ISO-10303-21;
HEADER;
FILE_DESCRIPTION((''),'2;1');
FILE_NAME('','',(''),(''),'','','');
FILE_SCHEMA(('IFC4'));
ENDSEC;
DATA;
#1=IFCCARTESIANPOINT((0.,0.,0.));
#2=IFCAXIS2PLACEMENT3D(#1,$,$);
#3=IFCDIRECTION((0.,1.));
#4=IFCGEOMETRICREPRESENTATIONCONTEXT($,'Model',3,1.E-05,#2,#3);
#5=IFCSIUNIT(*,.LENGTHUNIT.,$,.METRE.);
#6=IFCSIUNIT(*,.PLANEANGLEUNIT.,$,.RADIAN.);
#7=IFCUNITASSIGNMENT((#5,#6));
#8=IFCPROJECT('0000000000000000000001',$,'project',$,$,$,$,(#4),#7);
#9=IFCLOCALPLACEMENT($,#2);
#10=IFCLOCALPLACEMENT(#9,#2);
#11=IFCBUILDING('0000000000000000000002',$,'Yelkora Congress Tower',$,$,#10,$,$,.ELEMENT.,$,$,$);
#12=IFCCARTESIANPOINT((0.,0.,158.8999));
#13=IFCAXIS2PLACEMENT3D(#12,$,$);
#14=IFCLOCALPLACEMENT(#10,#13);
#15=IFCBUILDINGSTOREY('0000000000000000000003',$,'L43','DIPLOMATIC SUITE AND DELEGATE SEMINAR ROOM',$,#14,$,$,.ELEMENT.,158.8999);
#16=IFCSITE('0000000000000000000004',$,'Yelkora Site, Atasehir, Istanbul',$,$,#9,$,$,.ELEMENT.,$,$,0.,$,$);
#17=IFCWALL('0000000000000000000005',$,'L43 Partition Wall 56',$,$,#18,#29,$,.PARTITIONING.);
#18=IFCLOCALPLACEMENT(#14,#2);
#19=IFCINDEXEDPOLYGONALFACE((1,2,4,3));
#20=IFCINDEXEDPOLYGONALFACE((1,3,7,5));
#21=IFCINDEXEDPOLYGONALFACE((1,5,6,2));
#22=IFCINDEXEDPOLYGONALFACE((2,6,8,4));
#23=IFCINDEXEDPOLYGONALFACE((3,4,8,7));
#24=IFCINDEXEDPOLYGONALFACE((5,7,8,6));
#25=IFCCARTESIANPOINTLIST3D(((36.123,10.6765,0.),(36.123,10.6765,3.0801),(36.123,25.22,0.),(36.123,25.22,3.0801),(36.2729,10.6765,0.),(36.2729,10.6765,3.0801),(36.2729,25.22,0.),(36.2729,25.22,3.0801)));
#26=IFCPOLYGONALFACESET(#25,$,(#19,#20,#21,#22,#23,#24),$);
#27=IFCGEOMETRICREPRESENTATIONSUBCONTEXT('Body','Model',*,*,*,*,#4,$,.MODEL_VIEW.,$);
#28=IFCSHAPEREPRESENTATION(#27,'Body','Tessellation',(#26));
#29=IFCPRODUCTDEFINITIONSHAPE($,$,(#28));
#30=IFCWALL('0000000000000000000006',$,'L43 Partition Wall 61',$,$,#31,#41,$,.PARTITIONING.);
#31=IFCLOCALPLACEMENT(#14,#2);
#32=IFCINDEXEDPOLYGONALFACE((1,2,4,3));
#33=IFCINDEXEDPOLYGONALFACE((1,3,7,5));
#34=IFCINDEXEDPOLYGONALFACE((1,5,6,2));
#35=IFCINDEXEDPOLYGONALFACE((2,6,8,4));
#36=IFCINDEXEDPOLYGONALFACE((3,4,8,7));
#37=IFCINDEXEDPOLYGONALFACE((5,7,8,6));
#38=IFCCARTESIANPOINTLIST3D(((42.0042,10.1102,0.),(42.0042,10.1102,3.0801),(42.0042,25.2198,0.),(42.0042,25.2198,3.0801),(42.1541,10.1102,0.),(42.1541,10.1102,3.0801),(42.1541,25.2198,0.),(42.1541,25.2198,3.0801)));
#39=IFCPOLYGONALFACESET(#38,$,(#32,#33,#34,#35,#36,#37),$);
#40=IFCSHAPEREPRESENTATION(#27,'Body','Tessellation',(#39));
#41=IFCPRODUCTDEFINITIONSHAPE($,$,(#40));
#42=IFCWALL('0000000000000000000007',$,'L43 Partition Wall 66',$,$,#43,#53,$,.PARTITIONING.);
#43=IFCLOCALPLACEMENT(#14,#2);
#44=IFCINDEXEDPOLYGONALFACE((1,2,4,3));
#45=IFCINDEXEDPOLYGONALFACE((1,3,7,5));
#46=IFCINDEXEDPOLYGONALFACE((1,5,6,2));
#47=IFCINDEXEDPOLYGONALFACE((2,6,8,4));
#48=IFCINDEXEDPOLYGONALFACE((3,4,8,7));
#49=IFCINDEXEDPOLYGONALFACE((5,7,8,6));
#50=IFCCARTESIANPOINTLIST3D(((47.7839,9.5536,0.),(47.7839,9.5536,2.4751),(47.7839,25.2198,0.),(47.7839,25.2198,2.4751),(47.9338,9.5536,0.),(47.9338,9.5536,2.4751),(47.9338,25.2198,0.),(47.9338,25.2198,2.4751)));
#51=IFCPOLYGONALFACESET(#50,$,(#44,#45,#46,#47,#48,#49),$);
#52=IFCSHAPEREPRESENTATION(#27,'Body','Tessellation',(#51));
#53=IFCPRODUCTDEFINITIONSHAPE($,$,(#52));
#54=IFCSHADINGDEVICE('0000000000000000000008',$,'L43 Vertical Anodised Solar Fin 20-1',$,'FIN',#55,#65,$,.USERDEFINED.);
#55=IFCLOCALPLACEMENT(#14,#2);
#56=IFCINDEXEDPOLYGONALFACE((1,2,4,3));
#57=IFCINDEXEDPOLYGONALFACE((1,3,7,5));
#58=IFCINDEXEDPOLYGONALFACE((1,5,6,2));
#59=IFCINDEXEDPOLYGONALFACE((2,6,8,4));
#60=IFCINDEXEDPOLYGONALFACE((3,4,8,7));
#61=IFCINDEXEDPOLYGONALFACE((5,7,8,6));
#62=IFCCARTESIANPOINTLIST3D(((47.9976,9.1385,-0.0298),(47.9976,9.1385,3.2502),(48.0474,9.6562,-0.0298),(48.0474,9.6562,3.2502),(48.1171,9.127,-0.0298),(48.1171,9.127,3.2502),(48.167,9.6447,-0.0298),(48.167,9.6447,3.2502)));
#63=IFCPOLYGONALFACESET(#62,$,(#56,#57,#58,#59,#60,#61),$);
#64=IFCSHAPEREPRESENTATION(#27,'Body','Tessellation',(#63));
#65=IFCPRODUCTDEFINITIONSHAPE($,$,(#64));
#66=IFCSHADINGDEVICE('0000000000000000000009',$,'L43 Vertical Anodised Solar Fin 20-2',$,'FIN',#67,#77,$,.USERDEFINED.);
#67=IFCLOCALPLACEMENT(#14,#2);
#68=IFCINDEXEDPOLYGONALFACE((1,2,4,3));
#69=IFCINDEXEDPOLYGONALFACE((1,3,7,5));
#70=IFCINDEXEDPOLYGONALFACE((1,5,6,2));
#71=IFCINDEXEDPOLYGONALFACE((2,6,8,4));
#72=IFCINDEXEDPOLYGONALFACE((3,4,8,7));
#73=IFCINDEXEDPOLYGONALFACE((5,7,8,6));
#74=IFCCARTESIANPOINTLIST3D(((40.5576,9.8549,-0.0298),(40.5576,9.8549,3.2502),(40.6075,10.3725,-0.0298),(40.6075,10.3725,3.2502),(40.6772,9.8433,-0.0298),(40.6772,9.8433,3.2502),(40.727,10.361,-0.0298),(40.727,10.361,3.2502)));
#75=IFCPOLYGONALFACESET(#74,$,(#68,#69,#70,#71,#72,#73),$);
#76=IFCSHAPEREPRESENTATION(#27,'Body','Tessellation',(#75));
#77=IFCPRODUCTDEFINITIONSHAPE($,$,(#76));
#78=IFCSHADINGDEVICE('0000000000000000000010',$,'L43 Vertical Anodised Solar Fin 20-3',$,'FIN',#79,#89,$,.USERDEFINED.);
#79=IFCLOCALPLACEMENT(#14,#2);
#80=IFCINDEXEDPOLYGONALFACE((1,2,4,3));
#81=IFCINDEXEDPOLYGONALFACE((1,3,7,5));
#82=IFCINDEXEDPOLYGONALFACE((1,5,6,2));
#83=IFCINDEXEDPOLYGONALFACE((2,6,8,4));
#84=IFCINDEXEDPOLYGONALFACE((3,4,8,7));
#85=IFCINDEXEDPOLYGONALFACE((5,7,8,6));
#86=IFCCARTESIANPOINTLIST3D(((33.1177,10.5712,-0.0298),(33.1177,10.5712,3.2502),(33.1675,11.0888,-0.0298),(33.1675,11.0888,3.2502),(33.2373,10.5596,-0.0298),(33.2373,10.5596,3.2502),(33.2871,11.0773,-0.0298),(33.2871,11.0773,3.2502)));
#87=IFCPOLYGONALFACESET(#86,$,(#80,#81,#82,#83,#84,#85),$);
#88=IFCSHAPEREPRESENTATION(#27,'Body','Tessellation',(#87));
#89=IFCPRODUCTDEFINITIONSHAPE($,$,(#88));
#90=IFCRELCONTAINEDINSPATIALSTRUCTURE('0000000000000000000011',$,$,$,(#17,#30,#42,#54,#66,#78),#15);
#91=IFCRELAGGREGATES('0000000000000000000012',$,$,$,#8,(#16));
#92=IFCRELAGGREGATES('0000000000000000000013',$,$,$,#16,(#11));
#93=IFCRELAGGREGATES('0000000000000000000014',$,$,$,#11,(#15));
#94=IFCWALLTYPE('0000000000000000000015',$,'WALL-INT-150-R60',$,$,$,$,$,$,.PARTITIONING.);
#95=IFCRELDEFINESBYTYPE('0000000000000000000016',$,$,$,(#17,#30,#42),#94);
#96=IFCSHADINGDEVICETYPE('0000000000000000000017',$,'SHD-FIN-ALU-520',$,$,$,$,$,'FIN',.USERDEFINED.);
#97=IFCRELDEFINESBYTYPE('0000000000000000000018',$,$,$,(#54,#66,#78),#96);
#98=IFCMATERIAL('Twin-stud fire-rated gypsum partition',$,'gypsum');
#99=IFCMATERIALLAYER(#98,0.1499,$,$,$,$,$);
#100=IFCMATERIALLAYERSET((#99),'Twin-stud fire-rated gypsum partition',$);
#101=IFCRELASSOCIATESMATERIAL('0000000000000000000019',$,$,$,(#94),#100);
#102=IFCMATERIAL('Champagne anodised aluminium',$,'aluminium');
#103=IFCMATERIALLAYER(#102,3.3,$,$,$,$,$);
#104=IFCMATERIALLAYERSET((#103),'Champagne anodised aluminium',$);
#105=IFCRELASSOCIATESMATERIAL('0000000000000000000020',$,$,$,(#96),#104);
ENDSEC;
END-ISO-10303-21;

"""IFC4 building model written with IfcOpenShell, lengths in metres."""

from ifc_helpers import new_model, si_unit, direction, frame, frame_2d, origin, origin_2d, place, context, subcontext, project, spatial, rectangle, extrude, material, layer, layer_set, type_object, element, save


model = new_model("IFC4")

# Units and contexts
model_context = context("Model", 3, precision=1e-05, world=origin(), true_north=direction((0.0, 1.0)))
body_context = subcontext(model_context, "Body", "Model", "MODEL_VIEW")
ifc_project = project(units=[si_unit("LENGTHUNIT", "METRE"), si_unit("PLANEANGLEUNIT", "RADIAN")], contexts=[model_context])

# Site, building, storey
site_placement = place(None, origin())
site = spatial("IfcSite", under=ifc_project, at=site_placement, Name="Yelkora Site, Atasehir, Istanbul", CompositionType="ELEMENT", RefElevation=0.0)
building_placement = place(site_placement, origin())
building = spatial("IfcBuilding", under=site, at=building_placement, Name="Yelkora Congress Tower", CompositionType="ELEMENT")
storey_placement = place(building_placement, frame((0.0, 0.0, 158.8999)))
storey = spatial("IfcBuildingStorey", under=building, at=storey_placement, Name="L43", Description="DIPLOMATIC SUITE AND DELEGATE SEMINAR ROOM", CompositionType="ELEMENT", Elevation=158.8999)

# Walls
ifc_material_1 = material(Name="Twin-stud fire-rated gypsum partition", Category="gypsum")
ifc_layer_1 = layer(ifc_material_1, 0.1499)
ifc_layer_set_1 = layer_set([ifc_layer_1], Name="Twin-stud fire-rated gypsum partition")
wall_type = type_object("IfcWallType", Name="WALL-INT-150-R60", PredefinedType="PARTITIONING", material=ifc_layer_set_1)
wall_1_placement = place(storey_placement, frame((36.198, 10.6765, 0.0), z_axis=(0.0, 0.0, 1.0), x_axis=(0.0, 1.0, 0.0)))
element("IfcWall", 1, at=wall_1_placement, inside=storey, type_object=wall_type, Name="L43 Partition Wall 56", PredefinedType="PARTITIONING", context=body_context, shape_type="SweptSolid", body=[
    extrude(rectangle(XDim=14.5435, YDim=0.1499, at=frame_2d((7.2717, 0.0))), origin(), (0.0, 0.0, 1.0), 3.0801),
])
wall_2_placement = place(storey_placement, frame((42.0791, 10.1104, 0.0), z_axis=(0.0, 0.0, 1.0), x_axis=(0.0, 1.0, 0.0)))
element("IfcWall", 2, at=wall_2_placement, inside=storey, type_object=wall_type, Name="L43 Partition Wall 61", PredefinedType="PARTITIONING", context=body_context, shape_type="SweptSolid", body=[
    extrude(rectangle(XDim=15.1096, YDim=0.1499, at=frame_2d((7.5547, 0.0))), origin(), (0.0, 0.0, 1.0), 3.0801),
])
wall_3_placement = place(storey_placement, frame((47.8589, 9.5537, 0.0), z_axis=(0.0, 0.0, 1.0), x_axis=(0.0, 1.0, 0.0)))
element("IfcWall", 3, at=wall_3_placement, inside=storey, type_object=wall_type, Name="L43 Partition Wall 66", PredefinedType="PARTITIONING", context=body_context, shape_type="SweptSolid", body=[
    extrude(rectangle(XDim=15.6663, YDim=0.1499, at=frame_2d((7.833, 0.0))), origin(), (0.0, 0.0, 1.0), 2.4751),
])

# Shading devices
ifc_material_2 = material(Name="Champagne anodised aluminium", Category="aluminium")
ifc_layer_2 = layer(ifc_material_2, 3.3)
ifc_layer_set_2 = layer_set([ifc_layer_2], Name="Champagne anodised aluminium")
shading_device_type = type_object("IfcShadingDeviceType", Name="SHD-FIN-ALU-520", ElementType="FIN", PredefinedType="USERDEFINED", material=ifc_layer_set_2)
for number, where, z_axis, x_axis, name in (
    (4, (48.0823, 9.3916, -0.0298), (0.0, 0.0, 1.0), (-0.995396, 0.095846, 0.0), "L43 Vertical Anodised Solar Fin 20-1"),
    (5, (40.6423, 10.1079, -0.0298), (0.0, 0.0, 1.0), (-0.995396, 0.095846, 0.0), "L43 Vertical Anodised Solar Fin 20-2"),
    (6, (33.2024, 10.8242, -0.0298), (0.0, 0.0, 1.0), (-0.995396, 0.095846, 0.0), "L43 Vertical Anodised Solar Fin 20-3"),
):
    element("IfcShadingDevice", number, at=place(storey_placement, frame(where, z_axis=z_axis, x_axis=x_axis)), inside=storey, type_object=shading_device_type, Name=name, ObjectType="FIN", PredefinedType="USERDEFINED", context=body_context, shape_type="SweptSolid", body=[
        extrude(rectangle(XDim=0.1201, YDim=0.52, at=origin_2d()), origin(), (0.0, 0.0, 1.0), 3.28),
    ])

save(model, "model.ifc")
